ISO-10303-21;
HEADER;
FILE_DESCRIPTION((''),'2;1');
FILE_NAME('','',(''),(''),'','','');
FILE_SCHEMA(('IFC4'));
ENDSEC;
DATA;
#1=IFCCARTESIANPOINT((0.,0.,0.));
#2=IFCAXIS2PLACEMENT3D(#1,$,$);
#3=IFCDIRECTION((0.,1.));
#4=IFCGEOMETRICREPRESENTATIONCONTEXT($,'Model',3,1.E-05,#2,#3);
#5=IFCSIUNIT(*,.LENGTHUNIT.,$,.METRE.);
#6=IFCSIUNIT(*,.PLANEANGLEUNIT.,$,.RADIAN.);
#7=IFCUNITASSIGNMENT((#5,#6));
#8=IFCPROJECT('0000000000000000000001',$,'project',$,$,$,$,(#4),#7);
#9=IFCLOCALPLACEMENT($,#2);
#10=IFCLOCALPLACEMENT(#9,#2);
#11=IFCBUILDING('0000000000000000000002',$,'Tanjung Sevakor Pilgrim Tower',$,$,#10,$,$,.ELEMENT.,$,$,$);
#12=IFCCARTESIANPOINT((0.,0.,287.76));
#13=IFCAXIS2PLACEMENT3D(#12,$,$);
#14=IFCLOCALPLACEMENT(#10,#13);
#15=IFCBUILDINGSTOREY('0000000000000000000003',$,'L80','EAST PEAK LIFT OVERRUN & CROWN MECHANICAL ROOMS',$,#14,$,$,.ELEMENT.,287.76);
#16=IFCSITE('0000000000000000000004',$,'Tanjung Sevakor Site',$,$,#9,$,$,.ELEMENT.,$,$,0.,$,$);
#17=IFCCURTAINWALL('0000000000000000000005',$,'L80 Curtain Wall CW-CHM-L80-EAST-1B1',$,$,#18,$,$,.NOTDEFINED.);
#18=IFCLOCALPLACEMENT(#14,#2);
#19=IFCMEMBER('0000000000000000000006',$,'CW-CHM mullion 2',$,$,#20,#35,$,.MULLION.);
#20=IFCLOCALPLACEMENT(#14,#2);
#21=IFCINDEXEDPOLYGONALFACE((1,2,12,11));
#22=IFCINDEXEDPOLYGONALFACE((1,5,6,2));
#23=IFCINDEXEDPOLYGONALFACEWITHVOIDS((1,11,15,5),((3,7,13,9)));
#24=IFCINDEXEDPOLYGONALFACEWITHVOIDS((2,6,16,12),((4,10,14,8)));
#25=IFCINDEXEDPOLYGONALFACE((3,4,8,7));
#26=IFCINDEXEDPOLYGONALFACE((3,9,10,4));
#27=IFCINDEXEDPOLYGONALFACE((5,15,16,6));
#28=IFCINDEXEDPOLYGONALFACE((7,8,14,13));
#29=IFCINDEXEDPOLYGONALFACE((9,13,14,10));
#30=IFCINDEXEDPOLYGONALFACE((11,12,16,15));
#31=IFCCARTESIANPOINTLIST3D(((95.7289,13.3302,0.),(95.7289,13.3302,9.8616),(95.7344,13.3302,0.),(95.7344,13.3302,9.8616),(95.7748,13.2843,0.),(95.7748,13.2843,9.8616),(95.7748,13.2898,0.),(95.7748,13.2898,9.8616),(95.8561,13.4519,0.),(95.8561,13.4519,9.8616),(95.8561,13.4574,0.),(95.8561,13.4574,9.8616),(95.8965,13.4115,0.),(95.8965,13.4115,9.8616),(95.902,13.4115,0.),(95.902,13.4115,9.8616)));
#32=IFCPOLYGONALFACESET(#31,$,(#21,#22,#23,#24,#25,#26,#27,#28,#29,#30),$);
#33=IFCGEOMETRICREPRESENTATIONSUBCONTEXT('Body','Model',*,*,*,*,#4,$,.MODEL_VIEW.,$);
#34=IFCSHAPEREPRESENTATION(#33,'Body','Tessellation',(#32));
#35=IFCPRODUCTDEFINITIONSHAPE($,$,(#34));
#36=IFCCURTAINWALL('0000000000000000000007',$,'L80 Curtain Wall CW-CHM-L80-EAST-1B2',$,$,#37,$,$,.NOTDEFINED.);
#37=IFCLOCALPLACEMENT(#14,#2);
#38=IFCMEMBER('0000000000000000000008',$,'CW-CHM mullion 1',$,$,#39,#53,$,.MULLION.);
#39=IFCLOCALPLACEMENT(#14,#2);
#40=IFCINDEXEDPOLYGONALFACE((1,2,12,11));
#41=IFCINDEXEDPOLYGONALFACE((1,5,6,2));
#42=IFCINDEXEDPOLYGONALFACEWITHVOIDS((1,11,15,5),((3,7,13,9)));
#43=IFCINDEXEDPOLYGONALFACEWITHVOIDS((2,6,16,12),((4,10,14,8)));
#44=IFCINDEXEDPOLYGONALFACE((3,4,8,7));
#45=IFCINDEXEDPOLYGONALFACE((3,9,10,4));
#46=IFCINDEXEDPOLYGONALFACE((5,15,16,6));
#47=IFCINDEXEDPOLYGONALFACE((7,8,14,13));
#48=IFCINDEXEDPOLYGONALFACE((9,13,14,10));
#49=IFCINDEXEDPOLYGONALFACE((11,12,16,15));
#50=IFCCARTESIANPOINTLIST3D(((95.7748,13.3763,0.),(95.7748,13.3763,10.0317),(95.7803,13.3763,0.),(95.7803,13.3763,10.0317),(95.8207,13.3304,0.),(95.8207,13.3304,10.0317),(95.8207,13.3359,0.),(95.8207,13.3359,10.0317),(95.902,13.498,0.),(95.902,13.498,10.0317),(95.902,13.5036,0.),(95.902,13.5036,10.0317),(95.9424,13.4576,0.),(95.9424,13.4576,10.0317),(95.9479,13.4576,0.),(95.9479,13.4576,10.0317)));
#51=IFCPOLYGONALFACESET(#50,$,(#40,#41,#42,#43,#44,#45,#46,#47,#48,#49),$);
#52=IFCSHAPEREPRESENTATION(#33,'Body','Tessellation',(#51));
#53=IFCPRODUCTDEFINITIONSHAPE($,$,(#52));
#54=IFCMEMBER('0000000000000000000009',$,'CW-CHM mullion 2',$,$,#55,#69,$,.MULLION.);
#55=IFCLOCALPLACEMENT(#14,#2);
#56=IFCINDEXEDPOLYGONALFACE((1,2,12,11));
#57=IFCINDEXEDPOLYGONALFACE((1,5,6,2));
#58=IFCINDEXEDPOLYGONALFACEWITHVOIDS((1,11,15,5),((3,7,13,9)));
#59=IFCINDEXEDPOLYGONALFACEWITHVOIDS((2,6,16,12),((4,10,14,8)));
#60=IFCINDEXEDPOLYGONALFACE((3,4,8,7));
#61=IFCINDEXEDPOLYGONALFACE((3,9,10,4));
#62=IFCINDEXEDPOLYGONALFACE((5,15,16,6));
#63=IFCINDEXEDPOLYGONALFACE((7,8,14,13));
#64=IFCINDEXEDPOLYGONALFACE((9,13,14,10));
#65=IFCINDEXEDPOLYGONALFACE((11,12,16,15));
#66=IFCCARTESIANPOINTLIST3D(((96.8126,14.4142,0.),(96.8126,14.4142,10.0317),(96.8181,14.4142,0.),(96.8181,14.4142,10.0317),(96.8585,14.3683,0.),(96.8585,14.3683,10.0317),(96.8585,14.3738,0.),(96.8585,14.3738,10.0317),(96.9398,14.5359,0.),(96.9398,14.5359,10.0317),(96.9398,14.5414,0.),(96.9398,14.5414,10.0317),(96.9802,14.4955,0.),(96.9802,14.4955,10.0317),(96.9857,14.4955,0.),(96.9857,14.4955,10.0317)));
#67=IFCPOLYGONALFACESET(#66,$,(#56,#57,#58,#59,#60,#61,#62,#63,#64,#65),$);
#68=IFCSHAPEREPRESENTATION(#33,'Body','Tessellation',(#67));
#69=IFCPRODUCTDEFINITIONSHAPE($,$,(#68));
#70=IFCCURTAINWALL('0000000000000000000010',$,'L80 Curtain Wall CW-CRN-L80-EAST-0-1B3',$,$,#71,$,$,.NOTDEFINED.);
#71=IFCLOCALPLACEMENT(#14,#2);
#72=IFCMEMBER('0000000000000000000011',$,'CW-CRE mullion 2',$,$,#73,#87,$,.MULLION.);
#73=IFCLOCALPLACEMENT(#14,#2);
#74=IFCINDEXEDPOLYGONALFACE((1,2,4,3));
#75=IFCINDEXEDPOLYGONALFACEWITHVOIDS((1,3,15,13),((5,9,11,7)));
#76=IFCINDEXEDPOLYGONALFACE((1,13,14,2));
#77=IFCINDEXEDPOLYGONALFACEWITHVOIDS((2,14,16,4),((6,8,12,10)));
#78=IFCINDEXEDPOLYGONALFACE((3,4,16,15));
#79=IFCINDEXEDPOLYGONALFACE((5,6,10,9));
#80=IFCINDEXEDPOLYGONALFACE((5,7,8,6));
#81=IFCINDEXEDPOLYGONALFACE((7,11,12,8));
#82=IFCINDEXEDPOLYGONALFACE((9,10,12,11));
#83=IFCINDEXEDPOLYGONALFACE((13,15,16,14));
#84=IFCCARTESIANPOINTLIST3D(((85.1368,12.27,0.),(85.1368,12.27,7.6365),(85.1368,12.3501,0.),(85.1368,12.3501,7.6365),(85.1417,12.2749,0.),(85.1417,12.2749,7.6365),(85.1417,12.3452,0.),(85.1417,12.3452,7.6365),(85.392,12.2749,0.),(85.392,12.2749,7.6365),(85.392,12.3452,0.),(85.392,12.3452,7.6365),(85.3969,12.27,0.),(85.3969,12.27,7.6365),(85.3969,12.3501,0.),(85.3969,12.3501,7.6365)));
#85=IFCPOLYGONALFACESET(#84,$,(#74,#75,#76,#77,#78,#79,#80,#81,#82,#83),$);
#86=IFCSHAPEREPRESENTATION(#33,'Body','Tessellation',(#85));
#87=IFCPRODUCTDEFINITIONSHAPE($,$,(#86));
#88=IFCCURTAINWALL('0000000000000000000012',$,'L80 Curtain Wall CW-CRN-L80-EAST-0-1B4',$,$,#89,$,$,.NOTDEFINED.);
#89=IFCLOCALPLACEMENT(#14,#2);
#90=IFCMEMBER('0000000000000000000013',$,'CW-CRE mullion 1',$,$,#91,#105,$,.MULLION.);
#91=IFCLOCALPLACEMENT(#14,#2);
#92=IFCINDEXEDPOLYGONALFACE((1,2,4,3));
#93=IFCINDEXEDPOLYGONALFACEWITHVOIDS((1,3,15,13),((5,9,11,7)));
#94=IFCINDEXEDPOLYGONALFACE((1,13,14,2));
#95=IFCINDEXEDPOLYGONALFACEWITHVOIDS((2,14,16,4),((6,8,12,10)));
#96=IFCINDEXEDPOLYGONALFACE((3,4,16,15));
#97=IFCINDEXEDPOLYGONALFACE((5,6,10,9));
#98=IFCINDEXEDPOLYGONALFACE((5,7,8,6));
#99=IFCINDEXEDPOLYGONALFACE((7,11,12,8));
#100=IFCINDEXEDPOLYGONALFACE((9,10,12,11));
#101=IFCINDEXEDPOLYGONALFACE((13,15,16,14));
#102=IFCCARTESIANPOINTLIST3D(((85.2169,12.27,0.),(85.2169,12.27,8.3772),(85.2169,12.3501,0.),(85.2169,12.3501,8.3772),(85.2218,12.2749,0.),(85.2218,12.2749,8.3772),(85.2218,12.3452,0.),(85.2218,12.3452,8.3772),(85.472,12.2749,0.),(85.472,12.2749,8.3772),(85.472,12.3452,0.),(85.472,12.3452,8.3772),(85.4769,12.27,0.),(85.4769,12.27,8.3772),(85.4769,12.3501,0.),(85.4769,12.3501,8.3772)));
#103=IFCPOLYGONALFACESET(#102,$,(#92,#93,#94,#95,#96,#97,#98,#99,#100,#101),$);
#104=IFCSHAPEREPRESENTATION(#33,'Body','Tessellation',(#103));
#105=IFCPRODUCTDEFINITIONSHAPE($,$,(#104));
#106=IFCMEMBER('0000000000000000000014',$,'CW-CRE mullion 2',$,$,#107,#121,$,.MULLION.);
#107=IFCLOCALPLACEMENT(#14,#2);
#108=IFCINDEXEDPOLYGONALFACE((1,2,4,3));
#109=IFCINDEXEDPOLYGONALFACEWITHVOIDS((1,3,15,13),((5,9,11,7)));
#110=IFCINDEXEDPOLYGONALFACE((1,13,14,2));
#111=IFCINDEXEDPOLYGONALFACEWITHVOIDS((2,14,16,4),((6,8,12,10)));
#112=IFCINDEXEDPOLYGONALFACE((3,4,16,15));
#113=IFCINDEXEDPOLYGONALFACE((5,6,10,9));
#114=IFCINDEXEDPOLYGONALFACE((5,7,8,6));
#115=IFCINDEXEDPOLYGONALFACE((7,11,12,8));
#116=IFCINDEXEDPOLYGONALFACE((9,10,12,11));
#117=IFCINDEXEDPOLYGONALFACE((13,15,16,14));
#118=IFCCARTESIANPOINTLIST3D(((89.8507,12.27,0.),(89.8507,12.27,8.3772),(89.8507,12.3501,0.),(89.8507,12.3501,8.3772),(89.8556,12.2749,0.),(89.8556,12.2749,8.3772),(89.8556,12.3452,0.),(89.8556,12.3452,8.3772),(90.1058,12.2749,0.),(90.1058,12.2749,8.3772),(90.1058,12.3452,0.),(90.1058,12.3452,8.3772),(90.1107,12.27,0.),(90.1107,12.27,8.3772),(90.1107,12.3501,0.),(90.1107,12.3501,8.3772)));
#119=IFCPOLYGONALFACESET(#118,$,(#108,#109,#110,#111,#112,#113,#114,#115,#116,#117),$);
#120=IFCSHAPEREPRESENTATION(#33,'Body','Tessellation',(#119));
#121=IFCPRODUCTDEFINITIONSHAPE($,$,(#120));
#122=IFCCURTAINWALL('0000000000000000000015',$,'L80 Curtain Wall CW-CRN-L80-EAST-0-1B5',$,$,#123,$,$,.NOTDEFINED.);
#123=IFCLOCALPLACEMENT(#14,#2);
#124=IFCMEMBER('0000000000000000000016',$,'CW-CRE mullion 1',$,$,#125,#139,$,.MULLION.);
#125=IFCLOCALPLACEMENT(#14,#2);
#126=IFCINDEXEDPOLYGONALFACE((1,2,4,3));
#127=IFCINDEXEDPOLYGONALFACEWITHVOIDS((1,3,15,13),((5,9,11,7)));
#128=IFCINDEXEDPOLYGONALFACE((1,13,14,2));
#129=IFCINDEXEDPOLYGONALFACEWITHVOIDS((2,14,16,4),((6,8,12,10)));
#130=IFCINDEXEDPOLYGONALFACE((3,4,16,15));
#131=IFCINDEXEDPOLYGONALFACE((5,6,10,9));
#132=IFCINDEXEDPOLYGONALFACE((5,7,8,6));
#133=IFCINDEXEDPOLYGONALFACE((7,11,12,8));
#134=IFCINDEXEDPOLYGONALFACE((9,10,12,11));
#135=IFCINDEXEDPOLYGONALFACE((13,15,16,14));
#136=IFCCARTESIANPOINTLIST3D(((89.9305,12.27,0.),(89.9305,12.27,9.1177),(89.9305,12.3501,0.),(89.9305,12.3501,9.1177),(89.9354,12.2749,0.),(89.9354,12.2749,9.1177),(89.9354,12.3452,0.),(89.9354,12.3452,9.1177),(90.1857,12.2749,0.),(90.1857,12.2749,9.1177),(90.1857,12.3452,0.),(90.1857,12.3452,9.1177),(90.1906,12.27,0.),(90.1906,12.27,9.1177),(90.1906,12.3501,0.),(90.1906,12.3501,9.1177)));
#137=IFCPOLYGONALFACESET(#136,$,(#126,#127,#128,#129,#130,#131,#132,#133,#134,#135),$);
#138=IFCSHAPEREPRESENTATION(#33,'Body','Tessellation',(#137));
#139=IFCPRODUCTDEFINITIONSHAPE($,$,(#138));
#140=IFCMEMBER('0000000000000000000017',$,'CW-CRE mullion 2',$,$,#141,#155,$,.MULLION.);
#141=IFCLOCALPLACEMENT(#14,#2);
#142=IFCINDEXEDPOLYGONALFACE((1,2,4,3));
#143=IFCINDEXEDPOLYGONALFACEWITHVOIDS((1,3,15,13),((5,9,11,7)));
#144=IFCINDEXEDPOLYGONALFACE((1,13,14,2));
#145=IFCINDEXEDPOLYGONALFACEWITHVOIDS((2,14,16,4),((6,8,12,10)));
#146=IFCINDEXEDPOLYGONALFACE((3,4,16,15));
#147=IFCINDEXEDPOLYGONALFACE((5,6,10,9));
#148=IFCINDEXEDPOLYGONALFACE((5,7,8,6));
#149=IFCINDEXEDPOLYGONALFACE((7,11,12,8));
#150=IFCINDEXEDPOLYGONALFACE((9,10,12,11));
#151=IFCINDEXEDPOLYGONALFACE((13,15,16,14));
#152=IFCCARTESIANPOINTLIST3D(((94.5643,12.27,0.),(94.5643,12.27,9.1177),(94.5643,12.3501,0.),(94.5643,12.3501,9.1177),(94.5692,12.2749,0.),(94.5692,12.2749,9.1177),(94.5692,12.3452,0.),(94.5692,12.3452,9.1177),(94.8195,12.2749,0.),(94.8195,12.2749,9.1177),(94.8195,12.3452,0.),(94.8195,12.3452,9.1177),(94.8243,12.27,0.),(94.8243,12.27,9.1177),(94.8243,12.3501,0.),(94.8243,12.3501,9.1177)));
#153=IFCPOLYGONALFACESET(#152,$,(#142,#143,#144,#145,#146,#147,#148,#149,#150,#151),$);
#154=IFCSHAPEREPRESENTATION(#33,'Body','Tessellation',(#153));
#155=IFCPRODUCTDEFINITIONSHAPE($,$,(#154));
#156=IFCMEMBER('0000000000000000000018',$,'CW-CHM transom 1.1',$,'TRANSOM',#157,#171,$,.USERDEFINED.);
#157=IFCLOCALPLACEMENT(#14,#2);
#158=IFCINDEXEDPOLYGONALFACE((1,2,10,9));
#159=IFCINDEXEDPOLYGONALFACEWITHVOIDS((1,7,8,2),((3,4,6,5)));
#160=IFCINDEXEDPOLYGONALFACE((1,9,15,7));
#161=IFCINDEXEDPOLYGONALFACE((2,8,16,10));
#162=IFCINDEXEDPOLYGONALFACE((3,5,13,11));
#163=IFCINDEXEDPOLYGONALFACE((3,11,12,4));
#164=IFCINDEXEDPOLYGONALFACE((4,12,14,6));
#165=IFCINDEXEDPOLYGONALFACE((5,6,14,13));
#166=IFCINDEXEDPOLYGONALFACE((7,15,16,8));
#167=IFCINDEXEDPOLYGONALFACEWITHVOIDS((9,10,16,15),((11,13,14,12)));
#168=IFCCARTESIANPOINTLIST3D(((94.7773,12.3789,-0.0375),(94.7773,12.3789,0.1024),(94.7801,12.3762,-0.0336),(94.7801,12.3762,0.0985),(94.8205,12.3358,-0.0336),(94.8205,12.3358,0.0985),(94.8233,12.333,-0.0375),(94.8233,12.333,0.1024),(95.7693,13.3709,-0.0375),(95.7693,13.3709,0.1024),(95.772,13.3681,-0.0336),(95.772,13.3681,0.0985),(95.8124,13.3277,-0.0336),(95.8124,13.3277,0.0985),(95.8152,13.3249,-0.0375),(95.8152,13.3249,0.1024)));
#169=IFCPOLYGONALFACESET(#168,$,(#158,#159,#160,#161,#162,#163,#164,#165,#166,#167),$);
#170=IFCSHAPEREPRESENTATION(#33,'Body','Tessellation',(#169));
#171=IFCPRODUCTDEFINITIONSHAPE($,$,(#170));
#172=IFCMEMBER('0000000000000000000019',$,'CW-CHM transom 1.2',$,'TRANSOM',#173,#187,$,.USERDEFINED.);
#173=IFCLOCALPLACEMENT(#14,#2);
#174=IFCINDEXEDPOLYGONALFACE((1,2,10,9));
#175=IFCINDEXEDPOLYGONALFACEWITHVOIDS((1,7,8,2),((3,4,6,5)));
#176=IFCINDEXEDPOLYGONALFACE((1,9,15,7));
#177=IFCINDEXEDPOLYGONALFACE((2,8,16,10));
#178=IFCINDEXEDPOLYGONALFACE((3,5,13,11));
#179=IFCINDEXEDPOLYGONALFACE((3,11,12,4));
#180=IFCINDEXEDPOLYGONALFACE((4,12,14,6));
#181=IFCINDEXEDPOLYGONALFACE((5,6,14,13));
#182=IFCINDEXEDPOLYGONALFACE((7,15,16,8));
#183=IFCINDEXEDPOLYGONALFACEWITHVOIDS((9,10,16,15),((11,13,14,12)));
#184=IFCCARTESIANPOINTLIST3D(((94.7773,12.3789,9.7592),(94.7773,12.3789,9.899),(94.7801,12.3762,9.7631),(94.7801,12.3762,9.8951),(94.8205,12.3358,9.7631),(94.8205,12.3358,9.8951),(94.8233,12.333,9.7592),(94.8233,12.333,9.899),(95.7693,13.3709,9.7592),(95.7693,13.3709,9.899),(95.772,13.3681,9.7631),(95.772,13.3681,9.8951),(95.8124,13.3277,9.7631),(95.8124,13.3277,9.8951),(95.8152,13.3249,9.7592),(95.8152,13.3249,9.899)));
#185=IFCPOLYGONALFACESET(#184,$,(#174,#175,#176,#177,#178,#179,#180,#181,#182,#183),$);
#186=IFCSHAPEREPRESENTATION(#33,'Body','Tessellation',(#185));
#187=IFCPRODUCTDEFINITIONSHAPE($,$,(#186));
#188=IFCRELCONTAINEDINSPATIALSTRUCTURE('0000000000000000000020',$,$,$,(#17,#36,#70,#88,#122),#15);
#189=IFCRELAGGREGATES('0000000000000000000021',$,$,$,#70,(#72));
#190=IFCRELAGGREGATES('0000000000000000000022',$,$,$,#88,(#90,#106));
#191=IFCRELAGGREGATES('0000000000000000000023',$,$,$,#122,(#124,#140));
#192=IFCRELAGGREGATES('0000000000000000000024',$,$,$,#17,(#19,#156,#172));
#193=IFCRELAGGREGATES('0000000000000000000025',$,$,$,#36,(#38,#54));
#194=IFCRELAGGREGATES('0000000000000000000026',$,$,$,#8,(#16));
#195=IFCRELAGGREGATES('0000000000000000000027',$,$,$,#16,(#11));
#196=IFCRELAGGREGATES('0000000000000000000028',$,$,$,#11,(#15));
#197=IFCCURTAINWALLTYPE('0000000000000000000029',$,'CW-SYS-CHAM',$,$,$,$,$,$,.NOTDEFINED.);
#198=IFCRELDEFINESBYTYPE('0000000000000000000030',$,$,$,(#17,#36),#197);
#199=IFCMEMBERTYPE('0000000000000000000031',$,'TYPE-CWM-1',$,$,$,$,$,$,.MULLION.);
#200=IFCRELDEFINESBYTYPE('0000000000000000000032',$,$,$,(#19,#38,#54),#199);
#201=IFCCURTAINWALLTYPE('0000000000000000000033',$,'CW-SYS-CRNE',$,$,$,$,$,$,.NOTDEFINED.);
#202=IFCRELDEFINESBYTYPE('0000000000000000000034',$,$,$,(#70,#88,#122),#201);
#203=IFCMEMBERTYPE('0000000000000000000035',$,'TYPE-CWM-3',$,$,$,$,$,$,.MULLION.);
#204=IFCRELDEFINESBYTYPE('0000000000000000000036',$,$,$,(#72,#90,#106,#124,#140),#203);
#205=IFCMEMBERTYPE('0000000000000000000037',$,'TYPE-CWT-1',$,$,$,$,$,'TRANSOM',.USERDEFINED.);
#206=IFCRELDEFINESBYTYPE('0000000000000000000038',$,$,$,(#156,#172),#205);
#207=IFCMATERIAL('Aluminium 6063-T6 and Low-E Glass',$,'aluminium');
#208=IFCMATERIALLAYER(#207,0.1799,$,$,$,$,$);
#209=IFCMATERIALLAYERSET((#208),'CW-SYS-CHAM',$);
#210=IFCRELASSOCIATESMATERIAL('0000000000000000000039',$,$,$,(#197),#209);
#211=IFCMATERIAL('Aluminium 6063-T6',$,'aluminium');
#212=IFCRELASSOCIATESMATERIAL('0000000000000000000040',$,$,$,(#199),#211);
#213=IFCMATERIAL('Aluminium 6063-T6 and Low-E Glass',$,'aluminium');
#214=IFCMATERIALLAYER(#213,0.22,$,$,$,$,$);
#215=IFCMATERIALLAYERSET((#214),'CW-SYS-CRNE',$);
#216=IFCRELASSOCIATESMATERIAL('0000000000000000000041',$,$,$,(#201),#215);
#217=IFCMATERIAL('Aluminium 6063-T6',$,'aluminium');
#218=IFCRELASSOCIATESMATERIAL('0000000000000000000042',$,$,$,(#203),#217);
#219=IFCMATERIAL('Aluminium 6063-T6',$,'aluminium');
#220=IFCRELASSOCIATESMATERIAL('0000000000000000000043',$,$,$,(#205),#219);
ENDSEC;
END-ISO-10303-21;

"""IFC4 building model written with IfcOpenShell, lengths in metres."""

from ifc_helpers import new_model, si_unit, direction, frame, origin, origin_2d, place, context, subcontext, project, spatial, hollow_rectangle, extrude, material, layer, layer_set, material_profile, profile_set, type_object, element, aggregate, save


model = new_model("IFC4")

# Units and contexts
model_context = context("Model", 3, precision=1e-05, world=origin(), true_north=direction((0.0, 1.0)))
body_context = subcontext(model_context, "Body", "Model", "MODEL_VIEW")
ifc_project = project(units=[si_unit("LENGTHUNIT", "METRE"), si_unit("PLANEANGLEUNIT", "RADIAN")], contexts=[model_context])

# Site, building, storey
site_placement = place(None, origin())
site = spatial("IfcSite", under=ifc_project, at=site_placement, Name="Tanjung Sevakor Site", CompositionType="ELEMENT", RefElevation=0.0)
building_placement = place(site_placement, origin())
building = spatial("IfcBuilding", under=site, at=building_placement, Name="Tanjung Sevakor Pilgrim Tower", CompositionType="ELEMENT")
storey_placement = place(building_placement, frame((0.0, 0.0, 287.76)))
storey = spatial("IfcBuildingStorey", under=building, at=storey_placement, Name="L80", Description="EAST PEAK LIFT OVERRUN & CROWN MECHANICAL ROOMS", CompositionType="ELEMENT", Elevation=287.76)

# Curtain walls, members
ifc_material_1 = material(Name="Aluminium 6063-T6 and Low-E Glass", Category="aluminium")
ifc_layer_1 = layer(ifc_material_1, 0.1799)
ifc_layer_set_1 = layer_set([ifc_layer_1], Name="CW-SYS-CHAM")
curtain_wall_type_1 = type_object("IfcCurtainWallType", Name="CW-SYS-CHAM", PredefinedType="NOTDEFINED", material=ifc_layer_set_1)
curtain_wall_1_placement = place(storey_placement, origin())
curtain_wall_1 = element("IfcCurtainWall", 1, at=curtain_wall_1_placement, inside=storey, type_object=curtain_wall_type_1, Name="L80 Curtain Wall CW-CHM-L80-EAST-1B1", PredefinedType="NOTDEFINED")
ifc_material_2 = material(Name="Aluminium 6063-T6", Category="aluminium")
ifc_material_profile_1 = material_profile(ifc_material_2, hollow_rectangle(XDim=0.0649, YDim=0.1799, WallThickness=0.0039, at=origin_2d()))
ifc_profile_set_1 = profile_set([ifc_material_profile_1], Name="Aluminium 6063-T6")
member_type_1 = type_object("IfcMemberType", Name="TYPE-CWM-1", PredefinedType="MULLION", material=ifc_profile_set_1)
member_1_placement = place(storey_placement, frame((95.8154, 13.3708, 0.0), z_axis=(0.0, 0.0, 1.0), x_axis=(-0.707107, 0.707107, 0.0)))
member_1 = element("IfcMember", 2, at=member_1_placement, type_object=member_type_1, Name="CW-CHM mullion 2", PredefinedType="MULLION", context=body_context, shape_type="SweptSolid", body=[
    extrude(hollow_rectangle(XDim=0.0649, YDim=0.1799, WallThickness=0.0039, at=origin_2d()), origin(), (0.0, 0.0, 1.0), 9.8616),
])
curtain_wall_2_placement = place(storey_placement, origin())
curtain_wall_2 = element("IfcCurtainWall", 3, at=curtain_wall_2_placement, inside=storey, type_object=curtain_wall_type_1, Name="L80 Curtain Wall CW-CHM-L80-EAST-1B2", PredefinedType="NOTDEFINED")
member_2_placement = place(storey_placement, frame((95.8613, 13.417, 0.0), z_axis=(0.0, 0.0, 1.0), x_axis=(-0.707107, 0.707107, 0.0)))
member_2 = element("IfcMember", 4, at=member_2_placement, type_object=member_type_1, Name="CW-CHM mullion 1", PredefinedType="MULLION", context=body_context, shape_type="SweptSolid", body=[
    extrude(hollow_rectangle(XDim=0.0649, YDim=0.1799, WallThickness=0.0039, at=origin_2d()), origin(), (0.0, 0.0, 1.0), 10.0317),
])
member_3_placement = place(storey_placement, frame((96.8992, 14.4548, 0.0), z_axis=(0.0, 0.0, 1.0), x_axis=(-0.707107, 0.707107, 0.0)))
member_3 = element("IfcMember", 5, at=member_3_placement, type_object=member_type_1, Name="CW-CHM mullion 2", PredefinedType="MULLION", context=body_context, shape_type="SweptSolid", body=[
    extrude(hollow_rectangle(XDim=0.0649, YDim=0.1799, WallThickness=0.0039, at=origin_2d()), origin(), (0.0, 0.0, 1.0), 10.0317),
])

# Curtain wall, member
ifc_material_3 = material(Name="Aluminium 6063-T6 and Low-E Glass", Category="aluminium")
ifc_layer_2 = layer(ifc_material_3, 0.22)
ifc_layer_set_2 = layer_set([ifc_layer_2], Name="CW-SYS-CRNE")
curtain_wall_type_2 = type_object("IfcCurtainWallType", Name="CW-SYS-CRNE", PredefinedType="NOTDEFINED", material=ifc_layer_set_2)
curtain_wall_3_placement = place(storey_placement, origin())
curtain_wall_3 = element("IfcCurtainWall", 6, at=curtain_wall_3_placement, inside=storey, type_object=curtain_wall_type_2, Name="L80 Curtain Wall CW-CRN-L80-EAST-0-1B3", PredefinedType="NOTDEFINED")
ifc_material_4 = material(Name="Aluminium 6063-T6", Category="aluminium")
ifc_material_profile_2 = material_profile(ifc_material_4, hollow_rectangle(XDim=0.0801, YDim=0.26, WallThickness=0.0049, at=origin_2d()))
ifc_profile_set_2 = profile_set([ifc_material_profile_2], Name="Aluminium 6063-T6")
member_type_2 = type_object("IfcMemberType", Name="TYPE-CWM-3", PredefinedType="MULLION", material=ifc_profile_set_2)
member_4_placement = place(storey_placement, frame((85.2668, 12.3101, 0.0), z_axis=(0.0, 0.0, 1.0), x_axis=(0.0, 1.0, 0.0)))
member_4 = element("IfcMember", 7, at=member_4_placement, type_object=member_type_2, Name="CW-CRE mullion 2", PredefinedType="MULLION", context=body_context, shape_type="SweptSolid", body=[
    extrude(hollow_rectangle(XDim=0.0801, YDim=0.26, WallThickness=0.0049, at=origin_2d()), origin(), (0.0, 0.0, 1.0), 7.6365),
])
aggregate(curtain_wall_3, [member_4])

# Curtain walls, members
curtain_wall_4_placement = place(storey_placement, origin())
curtain_wall_4 = element("IfcCurtainWall", 8, at=curtain_wall_4_placement, inside=storey, type_object=curtain_wall_type_2, Name="L80 Curtain Wall CW-CRN-L80-EAST-0-1B4", PredefinedType="NOTDEFINED")
member_5_placement = place(storey_placement, frame((85.3469, 12.3101, 0.0), z_axis=(0.0, 0.0, 1.0), x_axis=(0.0, 1.0, 0.0)))
member_5 = element("IfcMember", 9, at=member_5_placement, type_object=member_type_2, Name="CW-CRE mullion 1", PredefinedType="MULLION", context=body_context, shape_type="SweptSolid", body=[
    extrude(hollow_rectangle(XDim=0.0801, YDim=0.26, WallThickness=0.0049, at=origin_2d()), origin(), (0.0, 0.0, 1.0), 8.3772),
])
member_6_placement = place(storey_placement, frame((89.9807, 12.3101, 0.0), z_axis=(0.0, 0.0, 1.0), x_axis=(0.0, 1.0, 0.0)))
member_6 = element("IfcMember", 10, at=member_6_placement, type_object=member_type_2, Name="CW-CRE mullion 2", PredefinedType="MULLION", context=body_context, shape_type="SweptSolid", body=[
    extrude(hollow_rectangle(XDim=0.0801, YDim=0.26, WallThickness=0.0049, at=origin_2d()), origin(), (0.0, 0.0, 1.0), 8.3772),
])
curtain_wall_5_placement = place(storey_placement, origin())
curtain_wall_5 = element("IfcCurtainWall", 11, at=curtain_wall_5_placement, inside=storey, type_object=curtain_wall_type_2, Name="L80 Curtain Wall CW-CRN-L80-EAST-0-1B5", PredefinedType="NOTDEFINED")
member_7_placement = place(storey_placement, frame((90.0605, 12.3101, 0.0), z_axis=(0.0, 0.0, 1.0), x_axis=(0.0, 1.0, 0.0)))
member_7 = element("IfcMember", 12, at=member_7_placement, type_object=member_type_2, Name="CW-CRE mullion 1", PredefinedType="MULLION", context=body_context, shape_type="SweptSolid", body=[
    extrude(hollow_rectangle(XDim=0.0801, YDim=0.26, WallThickness=0.0049, at=origin_2d()), origin(), (0.0, 0.0, 1.0), 9.1177),
])
member_8_placement = place(storey_placement, frame((94.6943, 12.3101, 0.0), z_axis=(0.0, 0.0, 1.0), x_axis=(0.0, 1.0, 0.0)))
member_8 = element("IfcMember", 13, at=member_8_placement, type_object=member_type_2, Name="CW-CRE mullion 2", PredefinedType="MULLION", context=body_context, shape_type="SweptSolid", body=[
    extrude(hollow_rectangle(XDim=0.0801, YDim=0.26, WallThickness=0.0049, at=origin_2d()), origin(), (0.0, 0.0, 1.0), 9.1177),
])

# Members
ifc_material_5 = material(Name="Aluminium 6063-T6", Category="aluminium")
ifc_material_profile_3 = material_profile(ifc_material_5, hollow_rectangle(XDim=0.0649, YDim=0.1399, WallThickness=0.0039, at=origin_2d()))
ifc_profile_set_3 = profile_set([ifc_material_profile_3], Name="Aluminium 6063-T6")
member_type_3 = type_object("IfcMemberType", Name="TYPE-CWT-1", ElementType="TRANSOM", PredefinedType="USERDEFINED", material=ifc_profile_set_3)
member_9_placement = place(storey_placement, frame((94.8003, 12.356, 0.0325), z_axis=(0.707107, 0.707107, 0.0), x_axis=(-0.707107, 0.707107, 0.0)))
member_9 = element("IfcMember", 14, at=member_9_placement, type_object=member_type_3, Name="CW-CHM transom 1.1", ObjectType="TRANSOM", PredefinedType="USERDEFINED", context=body_context, shape_type="SweptSolid", body=[
    extrude(hollow_rectangle(XDim=0.0649, YDim=0.1399, WallThickness=0.0039, at=origin_2d()), origin(), (0.0, 0.0, 1.0), 1.4028),
])
member_10_placement = place(storey_placement, frame((94.8003, 12.356, 9.8291), z_axis=(0.707107, 0.707107, 0.0), x_axis=(-0.707107, 0.707107, 0.0)))
member_10 = element("IfcMember", 15, at=member_10_placement, type_object=member_type_3, Name="CW-CHM transom 1.2", ObjectType="TRANSOM", PredefinedType="USERDEFINED", context=body_context, shape_type="SweptSolid", body=[
    extrude(hollow_rectangle(XDim=0.0649, YDim=0.1399, WallThickness=0.0039, at=origin_2d()), origin(), (0.0, 0.0, 1.0), 1.4028),
])

aggregate(curtain_wall_4, [member_5, member_6])
aggregate(curtain_wall_5, [member_7, member_8])
aggregate(curtain_wall_1, [member_1, member_9, member_10])
aggregate(curtain_wall_2, [member_2, member_3])

save(model, "model.ifc")
